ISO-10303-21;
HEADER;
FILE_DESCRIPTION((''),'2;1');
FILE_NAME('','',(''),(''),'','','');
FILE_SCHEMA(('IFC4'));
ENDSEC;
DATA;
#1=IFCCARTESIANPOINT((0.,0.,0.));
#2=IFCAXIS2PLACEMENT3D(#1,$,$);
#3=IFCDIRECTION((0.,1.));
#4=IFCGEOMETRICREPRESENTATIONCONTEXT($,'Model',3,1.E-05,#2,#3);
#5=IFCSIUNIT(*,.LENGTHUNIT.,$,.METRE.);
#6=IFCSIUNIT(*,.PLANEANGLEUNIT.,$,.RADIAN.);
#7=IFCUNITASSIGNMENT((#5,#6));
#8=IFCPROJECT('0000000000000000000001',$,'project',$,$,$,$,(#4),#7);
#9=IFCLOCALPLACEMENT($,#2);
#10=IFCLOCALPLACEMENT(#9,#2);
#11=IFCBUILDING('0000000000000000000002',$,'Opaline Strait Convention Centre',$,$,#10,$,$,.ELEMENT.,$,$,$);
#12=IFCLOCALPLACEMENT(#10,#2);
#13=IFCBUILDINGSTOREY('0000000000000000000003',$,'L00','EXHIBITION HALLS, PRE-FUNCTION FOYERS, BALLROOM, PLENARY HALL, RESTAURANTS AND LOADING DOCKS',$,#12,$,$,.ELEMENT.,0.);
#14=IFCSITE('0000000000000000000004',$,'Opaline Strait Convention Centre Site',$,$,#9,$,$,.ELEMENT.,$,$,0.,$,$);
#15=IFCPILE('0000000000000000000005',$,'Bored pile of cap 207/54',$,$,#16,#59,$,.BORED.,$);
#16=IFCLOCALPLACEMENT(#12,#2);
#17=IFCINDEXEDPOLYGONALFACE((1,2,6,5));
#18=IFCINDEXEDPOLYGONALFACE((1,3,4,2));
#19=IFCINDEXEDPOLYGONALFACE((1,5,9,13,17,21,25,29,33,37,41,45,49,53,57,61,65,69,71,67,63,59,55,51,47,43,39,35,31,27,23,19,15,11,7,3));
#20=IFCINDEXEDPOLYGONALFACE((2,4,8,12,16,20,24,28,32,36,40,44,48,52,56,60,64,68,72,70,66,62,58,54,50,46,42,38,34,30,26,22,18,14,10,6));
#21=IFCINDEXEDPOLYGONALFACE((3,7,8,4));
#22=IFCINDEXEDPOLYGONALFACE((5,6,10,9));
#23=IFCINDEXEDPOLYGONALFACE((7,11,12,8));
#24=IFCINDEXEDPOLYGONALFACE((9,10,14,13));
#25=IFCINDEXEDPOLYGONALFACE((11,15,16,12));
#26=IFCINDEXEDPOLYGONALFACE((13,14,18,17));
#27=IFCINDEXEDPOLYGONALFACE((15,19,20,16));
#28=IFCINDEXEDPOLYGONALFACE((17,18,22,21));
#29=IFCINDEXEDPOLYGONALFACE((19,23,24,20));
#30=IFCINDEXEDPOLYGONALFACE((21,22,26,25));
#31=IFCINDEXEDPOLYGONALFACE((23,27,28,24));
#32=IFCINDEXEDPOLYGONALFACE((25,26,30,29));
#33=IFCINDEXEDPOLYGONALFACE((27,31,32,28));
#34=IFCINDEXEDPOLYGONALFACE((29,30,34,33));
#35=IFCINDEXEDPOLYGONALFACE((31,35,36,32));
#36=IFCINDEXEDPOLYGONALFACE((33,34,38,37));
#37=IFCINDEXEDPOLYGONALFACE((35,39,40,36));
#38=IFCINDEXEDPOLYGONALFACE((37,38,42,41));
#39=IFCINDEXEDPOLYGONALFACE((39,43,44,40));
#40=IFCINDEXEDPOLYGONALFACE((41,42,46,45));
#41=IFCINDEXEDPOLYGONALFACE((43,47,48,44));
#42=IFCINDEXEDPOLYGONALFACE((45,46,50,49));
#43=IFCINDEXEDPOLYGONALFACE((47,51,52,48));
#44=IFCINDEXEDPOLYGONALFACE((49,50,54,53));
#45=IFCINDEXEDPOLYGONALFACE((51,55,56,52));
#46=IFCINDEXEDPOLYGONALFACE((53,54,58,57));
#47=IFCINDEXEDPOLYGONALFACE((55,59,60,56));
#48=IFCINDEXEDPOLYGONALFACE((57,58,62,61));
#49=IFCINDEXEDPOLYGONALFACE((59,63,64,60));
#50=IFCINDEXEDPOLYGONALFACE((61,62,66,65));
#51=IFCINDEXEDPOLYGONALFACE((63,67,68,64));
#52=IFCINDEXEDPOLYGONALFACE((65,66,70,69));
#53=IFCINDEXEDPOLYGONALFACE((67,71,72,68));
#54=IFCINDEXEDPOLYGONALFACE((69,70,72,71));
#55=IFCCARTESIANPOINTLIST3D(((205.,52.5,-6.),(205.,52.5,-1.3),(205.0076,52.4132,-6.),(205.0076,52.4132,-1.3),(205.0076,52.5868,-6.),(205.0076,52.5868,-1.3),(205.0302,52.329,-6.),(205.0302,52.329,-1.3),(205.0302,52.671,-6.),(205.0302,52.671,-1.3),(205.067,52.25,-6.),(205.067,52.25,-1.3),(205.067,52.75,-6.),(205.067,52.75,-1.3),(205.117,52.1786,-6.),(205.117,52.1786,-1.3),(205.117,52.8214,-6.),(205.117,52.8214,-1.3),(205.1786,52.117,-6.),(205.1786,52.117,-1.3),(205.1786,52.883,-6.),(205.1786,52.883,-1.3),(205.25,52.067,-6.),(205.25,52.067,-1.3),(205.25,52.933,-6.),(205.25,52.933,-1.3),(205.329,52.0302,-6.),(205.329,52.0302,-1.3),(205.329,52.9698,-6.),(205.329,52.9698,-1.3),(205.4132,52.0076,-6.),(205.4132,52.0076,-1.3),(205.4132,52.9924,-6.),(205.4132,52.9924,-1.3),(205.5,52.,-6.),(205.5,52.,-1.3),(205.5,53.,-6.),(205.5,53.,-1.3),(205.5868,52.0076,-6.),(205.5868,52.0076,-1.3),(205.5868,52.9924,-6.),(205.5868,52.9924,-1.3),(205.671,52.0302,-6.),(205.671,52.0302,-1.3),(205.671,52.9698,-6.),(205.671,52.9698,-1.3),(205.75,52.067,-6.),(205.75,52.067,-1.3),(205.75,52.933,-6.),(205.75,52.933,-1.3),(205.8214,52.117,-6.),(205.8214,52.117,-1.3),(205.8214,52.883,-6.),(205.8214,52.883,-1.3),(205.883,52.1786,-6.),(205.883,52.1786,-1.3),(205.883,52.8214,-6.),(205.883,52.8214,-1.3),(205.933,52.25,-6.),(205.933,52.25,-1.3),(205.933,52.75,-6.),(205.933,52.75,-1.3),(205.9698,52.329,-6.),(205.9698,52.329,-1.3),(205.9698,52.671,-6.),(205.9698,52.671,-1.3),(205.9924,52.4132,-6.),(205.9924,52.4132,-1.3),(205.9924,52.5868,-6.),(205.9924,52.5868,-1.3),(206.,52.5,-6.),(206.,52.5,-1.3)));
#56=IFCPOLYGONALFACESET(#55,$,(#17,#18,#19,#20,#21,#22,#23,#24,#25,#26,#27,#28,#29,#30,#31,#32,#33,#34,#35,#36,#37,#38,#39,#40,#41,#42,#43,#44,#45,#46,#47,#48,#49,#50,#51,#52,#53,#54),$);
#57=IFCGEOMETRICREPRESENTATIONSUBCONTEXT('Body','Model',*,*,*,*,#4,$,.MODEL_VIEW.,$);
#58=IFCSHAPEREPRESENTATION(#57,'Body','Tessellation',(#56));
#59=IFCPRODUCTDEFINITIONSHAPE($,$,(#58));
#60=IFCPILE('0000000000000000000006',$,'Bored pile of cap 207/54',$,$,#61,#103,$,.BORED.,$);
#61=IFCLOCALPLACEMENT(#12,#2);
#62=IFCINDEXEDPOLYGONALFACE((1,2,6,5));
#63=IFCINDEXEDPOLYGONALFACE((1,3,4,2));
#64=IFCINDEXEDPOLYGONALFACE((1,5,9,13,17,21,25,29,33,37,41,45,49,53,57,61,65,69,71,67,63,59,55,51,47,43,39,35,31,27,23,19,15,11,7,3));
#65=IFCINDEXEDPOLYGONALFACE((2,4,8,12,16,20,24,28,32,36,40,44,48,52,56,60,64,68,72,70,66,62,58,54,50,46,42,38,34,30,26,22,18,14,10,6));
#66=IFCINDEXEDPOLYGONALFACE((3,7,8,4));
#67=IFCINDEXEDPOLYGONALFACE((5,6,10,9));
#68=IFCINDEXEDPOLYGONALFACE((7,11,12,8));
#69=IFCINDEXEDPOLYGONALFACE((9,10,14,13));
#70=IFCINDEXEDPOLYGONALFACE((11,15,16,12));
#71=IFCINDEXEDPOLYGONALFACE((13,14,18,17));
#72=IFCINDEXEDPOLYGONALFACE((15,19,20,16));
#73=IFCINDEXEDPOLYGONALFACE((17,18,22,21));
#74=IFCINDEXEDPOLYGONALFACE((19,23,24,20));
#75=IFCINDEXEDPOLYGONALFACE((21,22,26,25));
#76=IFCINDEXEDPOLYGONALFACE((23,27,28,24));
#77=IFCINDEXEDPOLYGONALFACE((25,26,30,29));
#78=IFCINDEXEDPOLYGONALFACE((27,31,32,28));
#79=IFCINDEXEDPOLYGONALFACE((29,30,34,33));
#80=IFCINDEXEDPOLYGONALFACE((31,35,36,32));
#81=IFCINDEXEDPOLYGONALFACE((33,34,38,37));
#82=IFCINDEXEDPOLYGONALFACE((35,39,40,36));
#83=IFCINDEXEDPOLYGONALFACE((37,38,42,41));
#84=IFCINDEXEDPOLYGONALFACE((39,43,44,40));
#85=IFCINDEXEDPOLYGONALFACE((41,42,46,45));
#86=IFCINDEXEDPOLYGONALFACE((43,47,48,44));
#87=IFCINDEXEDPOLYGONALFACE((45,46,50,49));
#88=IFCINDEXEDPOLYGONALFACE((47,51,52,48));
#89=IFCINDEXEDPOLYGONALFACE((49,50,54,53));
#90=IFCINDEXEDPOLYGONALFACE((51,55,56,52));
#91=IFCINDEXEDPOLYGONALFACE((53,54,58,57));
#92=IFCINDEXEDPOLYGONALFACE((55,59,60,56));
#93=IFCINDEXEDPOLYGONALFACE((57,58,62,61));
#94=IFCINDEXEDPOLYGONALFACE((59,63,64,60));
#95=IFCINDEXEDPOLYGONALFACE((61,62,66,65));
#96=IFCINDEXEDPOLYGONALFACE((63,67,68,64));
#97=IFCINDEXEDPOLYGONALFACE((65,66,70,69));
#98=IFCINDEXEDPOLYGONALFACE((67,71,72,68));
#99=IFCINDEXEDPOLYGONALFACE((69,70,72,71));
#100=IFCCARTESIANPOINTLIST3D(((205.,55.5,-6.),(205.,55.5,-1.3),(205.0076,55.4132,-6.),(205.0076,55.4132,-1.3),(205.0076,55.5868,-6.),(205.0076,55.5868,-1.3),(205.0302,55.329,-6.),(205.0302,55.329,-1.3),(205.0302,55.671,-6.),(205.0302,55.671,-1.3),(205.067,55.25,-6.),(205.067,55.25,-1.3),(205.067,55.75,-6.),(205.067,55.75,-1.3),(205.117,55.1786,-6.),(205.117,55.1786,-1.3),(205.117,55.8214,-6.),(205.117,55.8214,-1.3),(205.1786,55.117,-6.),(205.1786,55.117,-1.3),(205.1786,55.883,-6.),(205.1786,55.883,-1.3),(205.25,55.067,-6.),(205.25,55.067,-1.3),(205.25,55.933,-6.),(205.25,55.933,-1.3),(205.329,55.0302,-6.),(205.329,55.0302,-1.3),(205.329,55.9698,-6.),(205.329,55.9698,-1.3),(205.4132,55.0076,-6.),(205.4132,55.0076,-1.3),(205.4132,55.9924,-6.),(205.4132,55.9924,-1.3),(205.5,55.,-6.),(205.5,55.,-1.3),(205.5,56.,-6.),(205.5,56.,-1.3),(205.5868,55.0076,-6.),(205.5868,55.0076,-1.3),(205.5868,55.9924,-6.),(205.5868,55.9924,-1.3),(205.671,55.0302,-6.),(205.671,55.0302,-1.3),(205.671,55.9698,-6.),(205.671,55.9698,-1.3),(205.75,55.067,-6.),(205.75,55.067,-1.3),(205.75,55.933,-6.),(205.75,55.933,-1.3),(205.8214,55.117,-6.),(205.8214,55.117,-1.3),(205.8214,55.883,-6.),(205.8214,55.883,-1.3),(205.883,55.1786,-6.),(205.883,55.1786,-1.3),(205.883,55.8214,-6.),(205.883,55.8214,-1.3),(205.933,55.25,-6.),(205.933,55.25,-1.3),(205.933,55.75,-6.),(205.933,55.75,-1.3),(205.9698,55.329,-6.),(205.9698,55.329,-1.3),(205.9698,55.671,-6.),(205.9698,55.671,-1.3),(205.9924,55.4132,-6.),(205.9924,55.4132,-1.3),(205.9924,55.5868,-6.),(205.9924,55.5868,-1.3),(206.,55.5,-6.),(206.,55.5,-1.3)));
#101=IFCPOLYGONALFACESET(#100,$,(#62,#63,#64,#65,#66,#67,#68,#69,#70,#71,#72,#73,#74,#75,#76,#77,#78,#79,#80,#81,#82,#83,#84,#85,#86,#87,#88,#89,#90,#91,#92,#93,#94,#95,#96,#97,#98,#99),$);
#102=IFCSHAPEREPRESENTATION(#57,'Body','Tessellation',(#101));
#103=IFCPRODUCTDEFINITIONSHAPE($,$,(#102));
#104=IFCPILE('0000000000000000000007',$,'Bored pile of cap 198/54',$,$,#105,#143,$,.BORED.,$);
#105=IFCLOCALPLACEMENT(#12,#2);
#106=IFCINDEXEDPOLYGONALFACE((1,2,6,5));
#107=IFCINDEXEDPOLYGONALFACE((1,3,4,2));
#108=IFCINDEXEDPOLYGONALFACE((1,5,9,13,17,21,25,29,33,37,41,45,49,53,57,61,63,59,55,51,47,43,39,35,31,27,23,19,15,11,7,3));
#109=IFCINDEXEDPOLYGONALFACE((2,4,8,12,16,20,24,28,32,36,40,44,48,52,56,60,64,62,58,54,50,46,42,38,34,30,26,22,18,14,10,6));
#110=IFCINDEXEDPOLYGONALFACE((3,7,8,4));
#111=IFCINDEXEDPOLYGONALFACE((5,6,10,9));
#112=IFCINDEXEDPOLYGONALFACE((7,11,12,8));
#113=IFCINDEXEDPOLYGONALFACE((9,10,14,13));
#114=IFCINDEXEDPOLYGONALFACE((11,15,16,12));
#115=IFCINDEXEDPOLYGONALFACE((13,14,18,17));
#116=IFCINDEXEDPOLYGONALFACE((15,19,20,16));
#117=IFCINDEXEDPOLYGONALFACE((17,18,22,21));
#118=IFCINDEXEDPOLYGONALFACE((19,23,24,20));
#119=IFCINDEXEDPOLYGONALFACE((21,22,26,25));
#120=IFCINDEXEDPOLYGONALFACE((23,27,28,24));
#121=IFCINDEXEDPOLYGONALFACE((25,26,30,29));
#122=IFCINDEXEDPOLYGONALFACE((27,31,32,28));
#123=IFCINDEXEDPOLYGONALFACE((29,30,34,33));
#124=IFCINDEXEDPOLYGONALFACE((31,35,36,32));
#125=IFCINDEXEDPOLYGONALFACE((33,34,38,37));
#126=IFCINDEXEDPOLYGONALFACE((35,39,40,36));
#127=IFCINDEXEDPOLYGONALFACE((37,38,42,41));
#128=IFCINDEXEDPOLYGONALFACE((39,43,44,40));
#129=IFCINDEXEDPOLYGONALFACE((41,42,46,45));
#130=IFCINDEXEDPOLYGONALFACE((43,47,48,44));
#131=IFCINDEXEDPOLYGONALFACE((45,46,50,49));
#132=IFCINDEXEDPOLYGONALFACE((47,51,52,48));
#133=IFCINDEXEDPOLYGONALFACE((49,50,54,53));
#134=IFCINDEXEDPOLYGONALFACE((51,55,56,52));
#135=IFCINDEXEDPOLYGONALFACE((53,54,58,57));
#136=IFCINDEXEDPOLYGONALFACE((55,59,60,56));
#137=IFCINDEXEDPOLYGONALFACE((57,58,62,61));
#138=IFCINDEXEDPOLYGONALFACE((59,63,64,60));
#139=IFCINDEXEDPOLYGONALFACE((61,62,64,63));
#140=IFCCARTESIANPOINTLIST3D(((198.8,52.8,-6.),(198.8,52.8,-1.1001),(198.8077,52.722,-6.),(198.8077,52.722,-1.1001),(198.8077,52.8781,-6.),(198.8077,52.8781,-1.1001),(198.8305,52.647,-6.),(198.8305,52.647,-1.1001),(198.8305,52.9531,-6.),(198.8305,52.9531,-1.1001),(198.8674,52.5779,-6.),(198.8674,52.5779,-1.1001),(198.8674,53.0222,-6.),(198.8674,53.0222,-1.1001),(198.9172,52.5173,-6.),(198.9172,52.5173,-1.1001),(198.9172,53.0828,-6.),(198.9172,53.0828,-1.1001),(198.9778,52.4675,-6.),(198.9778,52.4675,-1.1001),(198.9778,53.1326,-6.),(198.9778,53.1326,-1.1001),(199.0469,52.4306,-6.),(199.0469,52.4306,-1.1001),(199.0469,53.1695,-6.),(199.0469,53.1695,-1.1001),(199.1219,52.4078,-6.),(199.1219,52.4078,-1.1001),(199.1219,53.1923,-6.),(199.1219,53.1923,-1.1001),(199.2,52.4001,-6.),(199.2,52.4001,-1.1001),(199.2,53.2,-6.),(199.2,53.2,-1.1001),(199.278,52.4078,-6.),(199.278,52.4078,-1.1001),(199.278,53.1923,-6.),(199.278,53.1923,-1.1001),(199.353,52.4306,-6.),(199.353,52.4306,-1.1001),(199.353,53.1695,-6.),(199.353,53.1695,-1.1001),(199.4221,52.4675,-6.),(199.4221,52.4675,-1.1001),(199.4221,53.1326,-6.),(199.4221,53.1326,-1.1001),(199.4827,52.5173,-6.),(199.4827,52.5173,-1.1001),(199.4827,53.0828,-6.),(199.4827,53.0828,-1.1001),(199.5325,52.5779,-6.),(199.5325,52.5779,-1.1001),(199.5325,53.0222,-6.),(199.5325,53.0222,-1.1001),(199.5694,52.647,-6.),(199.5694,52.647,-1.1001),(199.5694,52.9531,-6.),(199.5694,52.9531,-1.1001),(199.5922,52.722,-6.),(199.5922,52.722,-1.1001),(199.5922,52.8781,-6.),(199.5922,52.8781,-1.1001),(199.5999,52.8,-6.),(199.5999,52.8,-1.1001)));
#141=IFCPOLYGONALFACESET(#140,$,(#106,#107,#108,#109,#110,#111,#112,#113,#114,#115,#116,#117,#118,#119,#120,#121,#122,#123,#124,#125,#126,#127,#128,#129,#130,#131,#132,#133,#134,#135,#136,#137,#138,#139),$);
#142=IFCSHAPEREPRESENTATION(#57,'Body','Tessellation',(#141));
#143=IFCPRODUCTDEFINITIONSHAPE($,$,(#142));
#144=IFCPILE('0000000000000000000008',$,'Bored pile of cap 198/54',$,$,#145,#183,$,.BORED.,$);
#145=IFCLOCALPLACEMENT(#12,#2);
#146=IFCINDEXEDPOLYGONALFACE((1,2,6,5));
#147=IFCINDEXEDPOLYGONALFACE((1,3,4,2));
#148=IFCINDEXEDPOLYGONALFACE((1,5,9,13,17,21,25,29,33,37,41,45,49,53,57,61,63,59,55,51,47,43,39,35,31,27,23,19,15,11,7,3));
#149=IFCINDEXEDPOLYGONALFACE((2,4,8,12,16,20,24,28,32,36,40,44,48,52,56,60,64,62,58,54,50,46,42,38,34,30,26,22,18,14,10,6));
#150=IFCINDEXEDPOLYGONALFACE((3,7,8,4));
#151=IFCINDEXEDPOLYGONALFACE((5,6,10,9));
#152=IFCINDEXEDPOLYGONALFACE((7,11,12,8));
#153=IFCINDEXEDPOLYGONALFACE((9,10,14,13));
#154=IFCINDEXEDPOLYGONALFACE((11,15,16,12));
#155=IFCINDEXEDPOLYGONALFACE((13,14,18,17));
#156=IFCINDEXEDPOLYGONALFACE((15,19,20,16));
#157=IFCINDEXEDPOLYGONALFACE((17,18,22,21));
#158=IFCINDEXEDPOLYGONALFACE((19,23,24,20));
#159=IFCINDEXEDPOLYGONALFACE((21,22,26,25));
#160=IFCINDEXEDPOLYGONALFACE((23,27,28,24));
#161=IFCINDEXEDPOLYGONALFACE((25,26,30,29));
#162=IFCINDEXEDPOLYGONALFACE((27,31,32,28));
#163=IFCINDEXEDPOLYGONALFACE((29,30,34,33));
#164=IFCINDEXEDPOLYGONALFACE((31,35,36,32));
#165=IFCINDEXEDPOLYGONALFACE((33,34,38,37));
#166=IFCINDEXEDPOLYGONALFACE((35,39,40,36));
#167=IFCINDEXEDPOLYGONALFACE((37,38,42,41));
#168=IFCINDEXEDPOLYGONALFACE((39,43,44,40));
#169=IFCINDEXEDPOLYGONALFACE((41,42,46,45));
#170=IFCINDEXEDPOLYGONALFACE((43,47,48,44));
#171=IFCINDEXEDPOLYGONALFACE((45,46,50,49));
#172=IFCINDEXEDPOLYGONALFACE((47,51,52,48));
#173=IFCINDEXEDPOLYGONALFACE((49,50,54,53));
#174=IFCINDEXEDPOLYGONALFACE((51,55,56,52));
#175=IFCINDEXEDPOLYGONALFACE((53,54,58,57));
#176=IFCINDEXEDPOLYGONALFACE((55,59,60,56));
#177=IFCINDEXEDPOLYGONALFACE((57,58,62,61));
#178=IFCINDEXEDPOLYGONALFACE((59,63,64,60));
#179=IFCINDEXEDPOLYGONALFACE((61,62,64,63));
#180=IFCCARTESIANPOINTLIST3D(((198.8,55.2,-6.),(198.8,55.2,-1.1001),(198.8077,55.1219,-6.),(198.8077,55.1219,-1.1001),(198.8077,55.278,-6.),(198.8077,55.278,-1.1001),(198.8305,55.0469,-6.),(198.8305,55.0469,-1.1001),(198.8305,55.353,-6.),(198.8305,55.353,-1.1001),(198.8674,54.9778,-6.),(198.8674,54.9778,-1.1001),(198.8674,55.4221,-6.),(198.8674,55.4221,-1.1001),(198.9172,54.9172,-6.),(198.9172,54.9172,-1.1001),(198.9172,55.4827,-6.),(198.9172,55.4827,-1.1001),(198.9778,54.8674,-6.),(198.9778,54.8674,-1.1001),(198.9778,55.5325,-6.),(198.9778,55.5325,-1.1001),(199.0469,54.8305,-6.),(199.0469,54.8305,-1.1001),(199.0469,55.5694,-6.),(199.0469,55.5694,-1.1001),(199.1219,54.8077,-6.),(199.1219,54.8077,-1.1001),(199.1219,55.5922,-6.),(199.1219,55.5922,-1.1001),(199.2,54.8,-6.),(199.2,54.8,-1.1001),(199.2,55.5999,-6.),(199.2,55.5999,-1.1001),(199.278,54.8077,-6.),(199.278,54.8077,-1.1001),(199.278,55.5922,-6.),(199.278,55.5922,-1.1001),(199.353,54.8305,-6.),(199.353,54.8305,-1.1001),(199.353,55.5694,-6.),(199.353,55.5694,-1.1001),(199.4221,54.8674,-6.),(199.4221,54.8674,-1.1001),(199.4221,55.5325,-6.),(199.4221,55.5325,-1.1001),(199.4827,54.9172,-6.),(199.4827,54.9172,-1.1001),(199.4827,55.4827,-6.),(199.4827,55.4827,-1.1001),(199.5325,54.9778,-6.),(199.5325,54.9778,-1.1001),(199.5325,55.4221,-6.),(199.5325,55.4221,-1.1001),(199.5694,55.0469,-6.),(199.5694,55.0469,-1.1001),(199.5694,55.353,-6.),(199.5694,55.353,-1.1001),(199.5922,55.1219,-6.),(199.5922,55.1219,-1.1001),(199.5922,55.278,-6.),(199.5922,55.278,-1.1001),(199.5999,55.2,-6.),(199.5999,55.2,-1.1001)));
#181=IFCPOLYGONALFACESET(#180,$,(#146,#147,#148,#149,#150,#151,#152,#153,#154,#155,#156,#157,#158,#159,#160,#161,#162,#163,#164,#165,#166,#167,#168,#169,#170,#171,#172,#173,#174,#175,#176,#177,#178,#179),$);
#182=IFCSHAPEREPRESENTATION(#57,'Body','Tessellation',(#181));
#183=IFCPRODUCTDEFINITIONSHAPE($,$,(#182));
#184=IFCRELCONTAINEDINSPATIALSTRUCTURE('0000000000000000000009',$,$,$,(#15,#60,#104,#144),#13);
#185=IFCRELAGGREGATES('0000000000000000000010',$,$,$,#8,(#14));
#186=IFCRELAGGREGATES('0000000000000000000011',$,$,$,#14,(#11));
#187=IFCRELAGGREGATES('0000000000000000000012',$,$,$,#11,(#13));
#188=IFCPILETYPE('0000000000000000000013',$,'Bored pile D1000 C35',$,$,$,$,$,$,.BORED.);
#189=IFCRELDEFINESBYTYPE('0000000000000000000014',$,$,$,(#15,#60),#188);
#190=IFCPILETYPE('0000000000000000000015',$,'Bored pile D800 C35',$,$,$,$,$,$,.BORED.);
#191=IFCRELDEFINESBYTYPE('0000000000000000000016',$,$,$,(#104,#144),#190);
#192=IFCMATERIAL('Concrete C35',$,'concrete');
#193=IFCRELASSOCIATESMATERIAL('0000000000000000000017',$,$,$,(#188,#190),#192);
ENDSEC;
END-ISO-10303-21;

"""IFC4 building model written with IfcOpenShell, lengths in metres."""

from ifc_helpers import new_model, si_unit, direction, frame, origin, origin_2d, place, context, subcontext, project, spatial, circle, extrude, material, material_profile, profile_set, type_object, element, save


model = new_model("IFC4")

# Units and contexts
model_context = context("Model", 3, precision=1e-05, world=origin(), true_north=direction((0.0, 1.0)))
body_context = subcontext(model_context, "Body", "Model", "MODEL_VIEW")
ifc_project = project(units=[si_unit("LENGTHUNIT", "METRE"), si_unit("PLANEANGLEUNIT", "RADIAN")], contexts=[model_context])

# Site, building, storey
site_placement = place(None, origin())
site = spatial("IfcSite", under=ifc_project, at=site_placement, Name="Opaline Strait Convention Centre Site", CompositionType="ELEMENT", RefElevation=0.0)
building_placement = place(site_placement, origin())
building = spatial("IfcBuilding", under=site, at=building_placement, Name="Opaline Strait Convention Centre", CompositionType="ELEMENT")
storey_placement = place(building_placement, origin())
storey = spatial("IfcBuildingStorey", under=building, at=storey_placement, Name="L00", Description="EXHIBITION HALLS, PRE-FUNCTION FOYERS, BALLROOM, PLENARY HALL, RESTAURANTS AND LOADING DOCKS", CompositionType="ELEMENT", Elevation=0.0)

# Piles
ifc_material_1 = material(Name="Concrete C35", Category="concrete")
ifc_material_profile_1 = material_profile(ifc_material_1, circle(Radius=0.5, at=origin_2d()), Name="D1000")
ifc_profile_set_1 = profile_set([ifc_material_profile_1], Name="Concrete C35")
pile_type_1 = type_object("IfcPileType", Name="Bored pile D1000 C35", PredefinedType="BORED", material=ifc_profile_set_1)
for number, where, z_axis, x_axis, name in (
    (1, (205.5, 52.5, -1.3), (0.0, 0.0, -1.0), (1.0, 0.0, 0.0), "Bored pile of cap 207/54"),
    (2, (205.5, 55.5, -1.3), (0.0, 0.0, -1.0), (1.0, 0.0, 0.0), "Bored pile of cap 207/54"),
):
    element("IfcPile", number, at=place(storey_placement, frame(where, z_axis=z_axis, x_axis=x_axis)), inside=storey, type_object=pile_type_1, Name=name, PredefinedType="BORED", context=body_context, shape_type="SweptSolid", body=[
        extrude(circle(Radius=0.5, at=origin_2d()), origin(), (0.0, 0.0, 1.0), 4.7),
    ])
ifc_material_profile_2 = material_profile(ifc_material_1, circle(Radius=0.3999, at=origin_2d()), Name="D800")
ifc_profile_set_2 = profile_set([ifc_material_profile_2], Name="Concrete C35")
pile_type_2 = type_object("IfcPileType", Name="Bored pile D800 C35", PredefinedType="BORED", material=ifc_profile_set_2)
for number, where, z_axis, x_axis, name in (
    (3, (199.2, 52.8, -1.1001), (0.0, 0.0, -1.0), (1.0, 0.0, 0.0), "Bored pile of cap 198/54"),
    (4, (199.2, 55.2, -1.1001), (0.0, 0.0, -1.0), (1.0, 0.0, 0.0), "Bored pile of cap 198/54"),
):
    element("IfcPile", number, at=place(storey_placement, frame(where, z_axis=z_axis, x_axis=x_axis)), inside=storey, type_object=pile_type_2, Name=name, PredefinedType="BORED", context=body_context, shape_type="SweptSolid", body=[
        extrude(circle(Radius=0.3999, at=origin_2d()), origin(), (0.0, 0.0, 1.0), 4.8999),
    ])

save(model, "model.ifc")
